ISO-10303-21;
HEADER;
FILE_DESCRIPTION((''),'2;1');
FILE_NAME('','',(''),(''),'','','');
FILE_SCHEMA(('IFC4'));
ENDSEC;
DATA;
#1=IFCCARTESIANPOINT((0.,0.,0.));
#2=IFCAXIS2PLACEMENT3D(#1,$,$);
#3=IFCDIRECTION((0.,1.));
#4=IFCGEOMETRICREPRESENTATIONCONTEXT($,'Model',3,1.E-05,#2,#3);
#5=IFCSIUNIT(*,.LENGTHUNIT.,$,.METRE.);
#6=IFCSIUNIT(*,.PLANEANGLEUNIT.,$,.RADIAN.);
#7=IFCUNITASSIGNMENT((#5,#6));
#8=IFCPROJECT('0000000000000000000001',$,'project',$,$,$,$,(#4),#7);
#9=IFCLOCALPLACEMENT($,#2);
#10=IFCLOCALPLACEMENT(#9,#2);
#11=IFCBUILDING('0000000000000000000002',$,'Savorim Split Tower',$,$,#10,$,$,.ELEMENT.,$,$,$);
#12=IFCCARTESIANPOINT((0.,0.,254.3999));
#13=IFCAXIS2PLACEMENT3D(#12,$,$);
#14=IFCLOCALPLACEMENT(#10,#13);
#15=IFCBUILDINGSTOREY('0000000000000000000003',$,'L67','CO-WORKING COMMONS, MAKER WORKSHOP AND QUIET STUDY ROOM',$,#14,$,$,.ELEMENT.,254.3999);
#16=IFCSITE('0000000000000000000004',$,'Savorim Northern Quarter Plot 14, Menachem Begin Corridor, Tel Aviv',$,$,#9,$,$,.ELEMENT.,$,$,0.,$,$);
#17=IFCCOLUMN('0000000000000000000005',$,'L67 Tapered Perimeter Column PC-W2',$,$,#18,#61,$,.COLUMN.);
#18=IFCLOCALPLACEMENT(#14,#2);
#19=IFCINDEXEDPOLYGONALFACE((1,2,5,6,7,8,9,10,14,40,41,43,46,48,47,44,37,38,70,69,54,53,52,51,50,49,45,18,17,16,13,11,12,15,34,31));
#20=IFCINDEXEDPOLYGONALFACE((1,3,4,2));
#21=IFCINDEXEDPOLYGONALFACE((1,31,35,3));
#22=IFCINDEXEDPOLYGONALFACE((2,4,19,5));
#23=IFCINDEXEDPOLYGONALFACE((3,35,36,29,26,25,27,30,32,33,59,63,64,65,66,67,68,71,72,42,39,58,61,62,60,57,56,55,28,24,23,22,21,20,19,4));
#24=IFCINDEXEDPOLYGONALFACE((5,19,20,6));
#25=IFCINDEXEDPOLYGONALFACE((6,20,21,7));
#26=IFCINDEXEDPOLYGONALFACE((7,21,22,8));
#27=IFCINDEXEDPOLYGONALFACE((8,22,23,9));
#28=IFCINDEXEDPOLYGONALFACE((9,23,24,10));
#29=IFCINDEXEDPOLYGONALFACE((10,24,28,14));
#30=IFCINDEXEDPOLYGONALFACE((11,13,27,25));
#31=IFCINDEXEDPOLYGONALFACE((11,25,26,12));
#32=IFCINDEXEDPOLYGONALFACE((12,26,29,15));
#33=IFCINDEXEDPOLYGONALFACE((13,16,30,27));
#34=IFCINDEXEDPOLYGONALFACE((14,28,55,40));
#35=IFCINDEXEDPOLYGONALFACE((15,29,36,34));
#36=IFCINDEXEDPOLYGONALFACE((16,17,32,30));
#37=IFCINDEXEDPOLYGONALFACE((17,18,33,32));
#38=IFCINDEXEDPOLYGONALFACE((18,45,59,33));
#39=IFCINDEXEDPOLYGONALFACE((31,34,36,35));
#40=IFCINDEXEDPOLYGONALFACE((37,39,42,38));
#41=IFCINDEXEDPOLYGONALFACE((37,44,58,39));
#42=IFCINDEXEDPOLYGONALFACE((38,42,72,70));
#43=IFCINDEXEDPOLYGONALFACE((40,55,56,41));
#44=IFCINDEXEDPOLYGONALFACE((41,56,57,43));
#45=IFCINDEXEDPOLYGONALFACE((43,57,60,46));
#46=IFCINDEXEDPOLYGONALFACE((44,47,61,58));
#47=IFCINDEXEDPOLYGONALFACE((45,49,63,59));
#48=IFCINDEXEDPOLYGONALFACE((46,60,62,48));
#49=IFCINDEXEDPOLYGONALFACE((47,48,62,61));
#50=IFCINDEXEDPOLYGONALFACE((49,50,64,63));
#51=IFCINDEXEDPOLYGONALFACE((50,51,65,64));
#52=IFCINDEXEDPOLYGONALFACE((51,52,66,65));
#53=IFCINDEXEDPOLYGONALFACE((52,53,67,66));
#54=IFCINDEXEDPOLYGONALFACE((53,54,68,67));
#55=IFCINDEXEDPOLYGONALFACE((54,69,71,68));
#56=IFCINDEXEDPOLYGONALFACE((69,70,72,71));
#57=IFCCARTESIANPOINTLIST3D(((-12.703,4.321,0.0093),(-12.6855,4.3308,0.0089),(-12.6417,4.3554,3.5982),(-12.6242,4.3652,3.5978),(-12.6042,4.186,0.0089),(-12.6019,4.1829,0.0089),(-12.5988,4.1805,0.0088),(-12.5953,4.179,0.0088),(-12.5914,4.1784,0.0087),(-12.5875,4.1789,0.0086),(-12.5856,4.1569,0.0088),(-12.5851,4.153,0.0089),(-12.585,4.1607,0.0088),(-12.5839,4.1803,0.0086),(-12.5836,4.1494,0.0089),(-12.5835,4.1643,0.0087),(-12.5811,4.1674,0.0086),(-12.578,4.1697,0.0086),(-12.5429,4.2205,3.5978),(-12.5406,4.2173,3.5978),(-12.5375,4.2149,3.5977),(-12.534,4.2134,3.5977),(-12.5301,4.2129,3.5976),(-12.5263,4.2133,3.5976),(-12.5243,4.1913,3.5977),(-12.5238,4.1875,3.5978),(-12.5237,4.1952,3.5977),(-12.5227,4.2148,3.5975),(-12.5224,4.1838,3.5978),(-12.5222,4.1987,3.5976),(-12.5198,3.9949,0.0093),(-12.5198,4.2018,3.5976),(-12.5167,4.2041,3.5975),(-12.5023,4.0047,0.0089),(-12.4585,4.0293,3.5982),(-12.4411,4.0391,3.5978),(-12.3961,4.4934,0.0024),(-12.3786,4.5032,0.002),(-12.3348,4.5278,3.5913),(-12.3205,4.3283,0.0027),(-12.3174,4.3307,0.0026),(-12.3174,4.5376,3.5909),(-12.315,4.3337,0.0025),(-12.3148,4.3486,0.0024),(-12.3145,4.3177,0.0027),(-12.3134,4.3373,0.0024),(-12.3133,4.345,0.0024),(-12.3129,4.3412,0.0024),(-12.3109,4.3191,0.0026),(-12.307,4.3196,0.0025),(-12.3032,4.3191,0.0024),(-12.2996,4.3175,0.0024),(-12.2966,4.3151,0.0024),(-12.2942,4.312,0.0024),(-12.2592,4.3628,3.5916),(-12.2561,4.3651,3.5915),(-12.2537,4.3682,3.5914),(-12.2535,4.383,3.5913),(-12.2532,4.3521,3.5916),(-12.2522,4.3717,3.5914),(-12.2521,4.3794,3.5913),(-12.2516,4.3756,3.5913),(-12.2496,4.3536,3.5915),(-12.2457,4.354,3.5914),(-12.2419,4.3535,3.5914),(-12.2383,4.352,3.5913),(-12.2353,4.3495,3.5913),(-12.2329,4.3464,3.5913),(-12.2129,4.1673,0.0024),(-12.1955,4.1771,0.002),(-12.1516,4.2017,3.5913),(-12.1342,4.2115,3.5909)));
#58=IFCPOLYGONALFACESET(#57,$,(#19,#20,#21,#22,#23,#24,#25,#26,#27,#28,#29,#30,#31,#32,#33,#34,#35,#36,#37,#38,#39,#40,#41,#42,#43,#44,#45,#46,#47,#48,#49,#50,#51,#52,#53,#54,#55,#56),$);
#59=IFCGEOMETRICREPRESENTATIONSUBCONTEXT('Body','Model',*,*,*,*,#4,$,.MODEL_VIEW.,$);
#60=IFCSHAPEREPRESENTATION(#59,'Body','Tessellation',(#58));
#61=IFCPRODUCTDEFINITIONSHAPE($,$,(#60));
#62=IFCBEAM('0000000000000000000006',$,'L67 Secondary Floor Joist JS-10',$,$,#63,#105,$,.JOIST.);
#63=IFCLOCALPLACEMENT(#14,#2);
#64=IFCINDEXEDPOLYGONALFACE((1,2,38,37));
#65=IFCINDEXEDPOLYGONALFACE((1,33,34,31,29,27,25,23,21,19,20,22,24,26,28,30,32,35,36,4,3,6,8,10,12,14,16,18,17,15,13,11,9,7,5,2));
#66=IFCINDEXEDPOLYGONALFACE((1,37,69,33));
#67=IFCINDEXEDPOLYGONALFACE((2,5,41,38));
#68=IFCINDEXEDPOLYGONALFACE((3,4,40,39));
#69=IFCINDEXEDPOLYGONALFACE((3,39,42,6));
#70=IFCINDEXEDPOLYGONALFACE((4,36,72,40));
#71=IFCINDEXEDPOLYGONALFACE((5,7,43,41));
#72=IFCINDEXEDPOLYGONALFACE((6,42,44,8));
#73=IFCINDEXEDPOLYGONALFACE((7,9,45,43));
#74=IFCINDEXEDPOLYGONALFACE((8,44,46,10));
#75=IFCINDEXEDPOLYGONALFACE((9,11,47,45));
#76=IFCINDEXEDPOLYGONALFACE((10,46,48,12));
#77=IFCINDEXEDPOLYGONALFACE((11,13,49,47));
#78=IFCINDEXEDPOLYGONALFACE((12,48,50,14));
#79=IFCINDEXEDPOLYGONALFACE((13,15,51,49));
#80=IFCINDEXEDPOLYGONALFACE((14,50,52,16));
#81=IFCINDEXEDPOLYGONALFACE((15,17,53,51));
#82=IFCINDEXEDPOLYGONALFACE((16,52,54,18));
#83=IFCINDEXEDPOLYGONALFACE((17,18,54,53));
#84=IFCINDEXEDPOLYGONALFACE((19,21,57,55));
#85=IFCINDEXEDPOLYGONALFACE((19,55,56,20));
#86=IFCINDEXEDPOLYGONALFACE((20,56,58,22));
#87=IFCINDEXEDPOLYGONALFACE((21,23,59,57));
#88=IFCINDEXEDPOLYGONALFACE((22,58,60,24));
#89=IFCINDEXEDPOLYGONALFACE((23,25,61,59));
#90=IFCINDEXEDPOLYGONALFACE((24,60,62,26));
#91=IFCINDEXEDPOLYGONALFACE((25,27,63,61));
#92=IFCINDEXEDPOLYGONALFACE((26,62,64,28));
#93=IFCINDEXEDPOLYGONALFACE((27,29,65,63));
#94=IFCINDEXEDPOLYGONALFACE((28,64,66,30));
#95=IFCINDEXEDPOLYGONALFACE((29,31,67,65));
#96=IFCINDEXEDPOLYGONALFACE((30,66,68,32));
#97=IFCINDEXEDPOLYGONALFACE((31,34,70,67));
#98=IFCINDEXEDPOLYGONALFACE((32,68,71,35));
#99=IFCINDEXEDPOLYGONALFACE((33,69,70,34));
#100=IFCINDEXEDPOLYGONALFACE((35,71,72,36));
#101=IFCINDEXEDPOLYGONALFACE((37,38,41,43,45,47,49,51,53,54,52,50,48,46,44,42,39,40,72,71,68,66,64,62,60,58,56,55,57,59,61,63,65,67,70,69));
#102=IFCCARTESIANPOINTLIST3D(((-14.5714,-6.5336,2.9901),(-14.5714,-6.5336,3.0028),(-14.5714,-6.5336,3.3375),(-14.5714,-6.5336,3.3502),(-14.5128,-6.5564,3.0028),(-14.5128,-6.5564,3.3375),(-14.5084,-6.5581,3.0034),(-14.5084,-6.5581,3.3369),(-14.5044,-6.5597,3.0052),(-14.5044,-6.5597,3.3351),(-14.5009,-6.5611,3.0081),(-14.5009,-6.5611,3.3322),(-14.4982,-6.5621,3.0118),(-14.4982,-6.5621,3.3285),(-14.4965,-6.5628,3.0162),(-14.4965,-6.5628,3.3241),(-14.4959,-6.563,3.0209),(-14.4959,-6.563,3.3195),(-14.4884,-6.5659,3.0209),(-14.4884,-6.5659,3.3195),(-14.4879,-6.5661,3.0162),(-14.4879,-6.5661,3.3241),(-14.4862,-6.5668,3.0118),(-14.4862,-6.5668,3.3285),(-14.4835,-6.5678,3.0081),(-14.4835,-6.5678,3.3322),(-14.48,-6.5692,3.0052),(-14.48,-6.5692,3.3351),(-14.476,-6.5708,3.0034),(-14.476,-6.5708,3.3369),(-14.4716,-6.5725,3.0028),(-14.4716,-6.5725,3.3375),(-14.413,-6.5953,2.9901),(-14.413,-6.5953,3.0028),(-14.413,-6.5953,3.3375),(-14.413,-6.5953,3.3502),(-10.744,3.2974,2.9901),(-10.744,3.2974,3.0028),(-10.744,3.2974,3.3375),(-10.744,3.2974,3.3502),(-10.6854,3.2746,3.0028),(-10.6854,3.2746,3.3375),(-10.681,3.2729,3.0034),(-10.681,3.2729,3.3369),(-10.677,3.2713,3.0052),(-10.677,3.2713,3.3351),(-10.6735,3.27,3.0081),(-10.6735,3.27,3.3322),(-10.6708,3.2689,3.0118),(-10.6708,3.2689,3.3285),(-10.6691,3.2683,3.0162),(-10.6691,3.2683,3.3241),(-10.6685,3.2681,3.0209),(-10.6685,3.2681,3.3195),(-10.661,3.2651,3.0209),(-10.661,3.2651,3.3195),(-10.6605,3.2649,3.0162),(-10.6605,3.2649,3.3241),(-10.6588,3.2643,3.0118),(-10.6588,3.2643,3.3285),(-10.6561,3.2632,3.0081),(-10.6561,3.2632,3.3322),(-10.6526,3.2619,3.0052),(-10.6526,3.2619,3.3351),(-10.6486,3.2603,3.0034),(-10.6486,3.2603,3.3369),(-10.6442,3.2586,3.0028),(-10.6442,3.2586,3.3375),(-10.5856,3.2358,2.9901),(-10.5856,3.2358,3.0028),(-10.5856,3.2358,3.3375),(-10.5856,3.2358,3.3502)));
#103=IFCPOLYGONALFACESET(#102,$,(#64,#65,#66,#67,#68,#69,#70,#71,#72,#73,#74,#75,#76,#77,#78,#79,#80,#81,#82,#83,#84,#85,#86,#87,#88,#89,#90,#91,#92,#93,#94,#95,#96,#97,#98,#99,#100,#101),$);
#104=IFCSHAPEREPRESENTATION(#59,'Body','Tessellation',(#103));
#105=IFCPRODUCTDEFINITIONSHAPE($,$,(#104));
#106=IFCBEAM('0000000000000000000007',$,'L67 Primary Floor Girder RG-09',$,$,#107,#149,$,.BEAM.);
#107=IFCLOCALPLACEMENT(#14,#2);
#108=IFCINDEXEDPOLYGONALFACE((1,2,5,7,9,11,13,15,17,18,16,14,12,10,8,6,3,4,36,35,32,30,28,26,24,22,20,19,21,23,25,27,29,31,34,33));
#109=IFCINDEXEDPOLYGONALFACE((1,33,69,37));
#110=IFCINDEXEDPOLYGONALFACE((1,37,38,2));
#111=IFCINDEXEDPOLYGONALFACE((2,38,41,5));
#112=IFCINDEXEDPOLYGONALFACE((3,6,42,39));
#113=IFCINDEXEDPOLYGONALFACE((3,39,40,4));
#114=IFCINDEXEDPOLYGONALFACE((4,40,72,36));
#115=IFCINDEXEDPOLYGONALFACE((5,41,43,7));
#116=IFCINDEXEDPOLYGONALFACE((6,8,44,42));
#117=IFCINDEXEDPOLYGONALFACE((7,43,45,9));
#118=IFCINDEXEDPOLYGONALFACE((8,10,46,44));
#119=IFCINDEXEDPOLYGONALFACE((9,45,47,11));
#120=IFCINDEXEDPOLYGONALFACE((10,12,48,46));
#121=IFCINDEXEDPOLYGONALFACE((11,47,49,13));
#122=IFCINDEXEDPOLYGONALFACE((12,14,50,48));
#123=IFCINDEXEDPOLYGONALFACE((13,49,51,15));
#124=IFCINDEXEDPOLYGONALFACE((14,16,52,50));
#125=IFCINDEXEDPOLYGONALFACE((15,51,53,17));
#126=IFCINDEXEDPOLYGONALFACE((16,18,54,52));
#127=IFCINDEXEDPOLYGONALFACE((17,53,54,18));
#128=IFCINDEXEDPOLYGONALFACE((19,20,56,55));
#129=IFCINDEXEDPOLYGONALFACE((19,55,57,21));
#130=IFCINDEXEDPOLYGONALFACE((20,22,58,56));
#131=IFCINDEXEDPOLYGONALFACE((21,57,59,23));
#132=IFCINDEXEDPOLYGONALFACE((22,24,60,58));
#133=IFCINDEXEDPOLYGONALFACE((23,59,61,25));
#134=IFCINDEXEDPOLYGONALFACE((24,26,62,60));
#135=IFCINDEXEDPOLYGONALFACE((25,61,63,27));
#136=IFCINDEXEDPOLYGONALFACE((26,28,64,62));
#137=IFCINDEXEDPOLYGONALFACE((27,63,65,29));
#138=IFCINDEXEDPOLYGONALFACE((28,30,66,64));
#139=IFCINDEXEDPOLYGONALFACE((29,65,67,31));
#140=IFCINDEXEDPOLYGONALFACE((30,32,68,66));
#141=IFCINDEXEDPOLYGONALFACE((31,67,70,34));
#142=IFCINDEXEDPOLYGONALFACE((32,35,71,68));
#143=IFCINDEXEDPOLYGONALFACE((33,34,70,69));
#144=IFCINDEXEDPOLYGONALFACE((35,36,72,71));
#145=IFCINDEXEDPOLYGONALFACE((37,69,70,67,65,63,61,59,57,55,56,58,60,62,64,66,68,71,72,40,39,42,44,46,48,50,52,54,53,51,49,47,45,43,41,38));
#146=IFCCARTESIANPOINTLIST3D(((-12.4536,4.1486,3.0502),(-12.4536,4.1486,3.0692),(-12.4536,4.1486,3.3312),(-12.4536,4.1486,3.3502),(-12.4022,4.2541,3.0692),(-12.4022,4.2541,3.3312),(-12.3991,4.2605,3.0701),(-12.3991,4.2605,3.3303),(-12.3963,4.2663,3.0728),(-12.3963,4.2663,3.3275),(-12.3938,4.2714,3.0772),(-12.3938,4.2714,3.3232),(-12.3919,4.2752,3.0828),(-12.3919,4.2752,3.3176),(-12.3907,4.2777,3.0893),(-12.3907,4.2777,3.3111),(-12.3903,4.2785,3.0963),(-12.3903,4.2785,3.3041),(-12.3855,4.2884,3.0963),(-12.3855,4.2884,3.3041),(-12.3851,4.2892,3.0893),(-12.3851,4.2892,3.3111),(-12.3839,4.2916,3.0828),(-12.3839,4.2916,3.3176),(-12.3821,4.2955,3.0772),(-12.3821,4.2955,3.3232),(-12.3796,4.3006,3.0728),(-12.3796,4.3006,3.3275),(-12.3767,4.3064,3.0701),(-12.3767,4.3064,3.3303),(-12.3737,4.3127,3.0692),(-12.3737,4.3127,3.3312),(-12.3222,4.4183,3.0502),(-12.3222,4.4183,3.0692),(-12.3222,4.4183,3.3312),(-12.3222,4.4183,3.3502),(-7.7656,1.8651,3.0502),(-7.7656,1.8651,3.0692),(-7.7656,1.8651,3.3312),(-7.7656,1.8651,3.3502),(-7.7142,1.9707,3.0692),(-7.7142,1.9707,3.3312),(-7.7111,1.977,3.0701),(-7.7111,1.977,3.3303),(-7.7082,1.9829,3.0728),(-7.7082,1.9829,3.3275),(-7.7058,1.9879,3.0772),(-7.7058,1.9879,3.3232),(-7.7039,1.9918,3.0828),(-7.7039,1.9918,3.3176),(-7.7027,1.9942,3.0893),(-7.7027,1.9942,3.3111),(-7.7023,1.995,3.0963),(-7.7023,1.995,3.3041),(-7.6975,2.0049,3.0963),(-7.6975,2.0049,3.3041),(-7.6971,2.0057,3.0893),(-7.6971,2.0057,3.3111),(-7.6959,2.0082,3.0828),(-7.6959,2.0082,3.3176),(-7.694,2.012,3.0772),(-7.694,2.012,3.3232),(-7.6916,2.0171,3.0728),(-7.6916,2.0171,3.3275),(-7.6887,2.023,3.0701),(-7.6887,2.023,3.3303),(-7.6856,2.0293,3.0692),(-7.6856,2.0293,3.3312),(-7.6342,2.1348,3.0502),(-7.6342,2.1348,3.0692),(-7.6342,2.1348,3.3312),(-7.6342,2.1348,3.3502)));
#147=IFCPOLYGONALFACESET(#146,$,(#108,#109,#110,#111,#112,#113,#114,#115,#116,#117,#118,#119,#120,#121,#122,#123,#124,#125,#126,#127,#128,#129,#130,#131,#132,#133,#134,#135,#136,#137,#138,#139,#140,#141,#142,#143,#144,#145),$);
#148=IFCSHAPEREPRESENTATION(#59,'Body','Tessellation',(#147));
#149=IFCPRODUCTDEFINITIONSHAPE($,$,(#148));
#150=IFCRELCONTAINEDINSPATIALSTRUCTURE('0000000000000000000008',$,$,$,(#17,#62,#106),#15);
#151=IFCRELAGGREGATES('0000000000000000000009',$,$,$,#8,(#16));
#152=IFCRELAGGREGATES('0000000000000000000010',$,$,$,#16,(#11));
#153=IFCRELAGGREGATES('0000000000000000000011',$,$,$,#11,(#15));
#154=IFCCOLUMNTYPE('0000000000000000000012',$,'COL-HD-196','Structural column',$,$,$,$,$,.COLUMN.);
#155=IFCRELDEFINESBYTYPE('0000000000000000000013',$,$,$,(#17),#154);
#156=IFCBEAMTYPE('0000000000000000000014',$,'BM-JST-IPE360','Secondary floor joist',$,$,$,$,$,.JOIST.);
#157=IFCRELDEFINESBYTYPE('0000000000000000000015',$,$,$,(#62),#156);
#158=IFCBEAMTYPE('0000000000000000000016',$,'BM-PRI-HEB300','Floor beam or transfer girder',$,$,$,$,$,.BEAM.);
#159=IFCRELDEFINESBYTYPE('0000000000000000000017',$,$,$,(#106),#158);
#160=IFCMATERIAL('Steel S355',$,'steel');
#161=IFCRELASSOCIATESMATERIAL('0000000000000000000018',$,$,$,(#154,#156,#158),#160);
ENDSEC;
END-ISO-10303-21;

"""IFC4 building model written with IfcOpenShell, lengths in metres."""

from ifc_helpers import new_model, si_unit, direction, frame, origin, origin_2d, place, context, subcontext, project, spatial, i_section, extrude, material, material_profile, profile_set, type_object, element, save


model = new_model("IFC4")

# Units and contexts
model_context = context("Model", 3, precision=1e-05, world=origin(), true_north=direction((0.0, 1.0)))
body_context = subcontext(model_context, "Body", "Model", "MODEL_VIEW")
ifc_project = project(units=[si_unit("LENGTHUNIT", "METRE"), si_unit("PLANEANGLEUNIT", "RADIAN")], contexts=[model_context])

# Site, building, storey
site_placement = place(None, origin())
site = spatial("IfcSite", under=ifc_project, at=site_placement, Name="Savorim Northern Quarter Plot 14, Menachem Begin Corridor, Tel Aviv", CompositionType="ELEMENT", RefElevation=0.0)
building_placement = place(site_placement, origin())
building = spatial("IfcBuilding", under=site, at=building_placement, Name="Savorim Split Tower", CompositionType="ELEMENT")
storey_placement = place(building_placement, frame((0.0, 0.0, 254.3999)))
storey = spatial("IfcBuildingStorey", under=building, at=storey_placement, Name="L67", Description="CO-WORKING COMMONS, MAKER WORKSHOP AND QUIET STUDY ROOM", CompositionType="ELEMENT", Elevation=254.3999)

# Column
ifc_material_1 = material(Name="Steel S355", Category="steel")
ifc_material_profile_1 = material_profile(ifc_material_1, i_section(OverallWidth=0.374, OverallDepth=0.3721, WebThickness=0.0122, FlangeThickness=0.02, FilletRadius=0.0149, at=origin_2d()), Name="HD 360x196")
ifc_profile_set_1 = profile_set([ifc_material_profile_1], Name="Steel S355")
column_type = type_object("IfcColumnType", Name="COL-HD-196", Description="Structural column", PredefinedType="COLUMN", material=ifc_profile_set_1)
column_placement = place(storey_placement, frame((-12.4492, 4.249, 0.0056), z_axis=(0.017072, 0.00959, 0.999808), x_axis=(-0.489766, 0.871854, 0.0)))
element("IfcColumn", 1, at=column_placement, inside=storey, type_object=column_type, Name="L67 Tapered Perimeter Column PC-W2", PredefinedType="COLUMN", context=body_context, shape_type="SweptSolid", body=[
    extrude(i_section(OverallWidth=0.374, OverallDepth=0.3721, WebThickness=0.0122, FlangeThickness=0.02, FilletRadius=0.0149, at=origin_2d()), origin(), (0.0, 0.0, 1.0), 3.5896),
])

# Beams
ifc_material_profile_2 = material_profile(ifc_material_1, i_section(OverallWidth=0.1699, OverallDepth=0.3601, WebThickness=0.0081, FlangeThickness=0.0127, FilletRadius=0.0181, at=origin_2d()), Name="IPE 360")
ifc_profile_set_2 = profile_set([ifc_material_profile_2], Name="Steel S355")
beam_type_1 = type_object("IfcBeamType", Name="BM-JST-IPE360", Description="Secondary floor joist", PredefinedType="JOIST", material=ifc_profile_set_2)
beam_1_placement = place(storey_placement, frame((-10.6648, 3.2666, 3.1702), z_axis=(-0.362792, -0.93187, 0.0), x_axis=(0.93187, -0.362792, 0.0)))
element("IfcBeam", 2, at=beam_1_placement, inside=storey, type_object=beam_type_1, Name="L67 Secondary Floor Joist JS-10", PredefinedType="JOIST", context=body_context, shape_type="SweptSolid", body=[
    extrude(i_section(OverallWidth=0.1699, OverallDepth=0.3601, WebThickness=0.0081, FlangeThickness=0.0127, FilletRadius=0.0181, at=origin_2d()), origin(), (0.0, 0.0, 1.0), 10.5498),
])
ifc_material_profile_3 = material_profile(ifc_material_1, i_section(OverallWidth=0.3, OverallDepth=0.3, WebThickness=0.011, FlangeThickness=0.019, FilletRadius=0.0271, at=origin_2d()), Name="HEB 300")
ifc_profile_set_3 = profile_set([ifc_material_profile_3], Name="Steel S355")
beam_type_2 = type_object("IfcBeamType", Name="BM-PRI-HEB300", Description="Floor beam or transfer girder", PredefinedType="BEAM", material=ifc_profile_set_3)
beam_2_placement = place(storey_placement, frame((-12.3879, 4.2834, 3.2002), z_axis=(0.899023, -0.437901, 0.0), x_axis=(0.437901, 0.899023, 0.0)))
element("IfcBeam", 3, at=beam_2_placement, inside=storey, type_object=beam_type_2, Name="L67 Primary Floor Girder RG-09", PredefinedType="BEAM", context=body_context, shape_type="SweptSolid", body=[
    extrude(i_section(OverallWidth=0.3, OverallDepth=0.3, WebThickness=0.011, FlangeThickness=0.019, FilletRadius=0.0271, at=origin_2d()), origin(), (0.0, 0.0, 1.0), 5.2146),
])

save(model, "model.ifc")
